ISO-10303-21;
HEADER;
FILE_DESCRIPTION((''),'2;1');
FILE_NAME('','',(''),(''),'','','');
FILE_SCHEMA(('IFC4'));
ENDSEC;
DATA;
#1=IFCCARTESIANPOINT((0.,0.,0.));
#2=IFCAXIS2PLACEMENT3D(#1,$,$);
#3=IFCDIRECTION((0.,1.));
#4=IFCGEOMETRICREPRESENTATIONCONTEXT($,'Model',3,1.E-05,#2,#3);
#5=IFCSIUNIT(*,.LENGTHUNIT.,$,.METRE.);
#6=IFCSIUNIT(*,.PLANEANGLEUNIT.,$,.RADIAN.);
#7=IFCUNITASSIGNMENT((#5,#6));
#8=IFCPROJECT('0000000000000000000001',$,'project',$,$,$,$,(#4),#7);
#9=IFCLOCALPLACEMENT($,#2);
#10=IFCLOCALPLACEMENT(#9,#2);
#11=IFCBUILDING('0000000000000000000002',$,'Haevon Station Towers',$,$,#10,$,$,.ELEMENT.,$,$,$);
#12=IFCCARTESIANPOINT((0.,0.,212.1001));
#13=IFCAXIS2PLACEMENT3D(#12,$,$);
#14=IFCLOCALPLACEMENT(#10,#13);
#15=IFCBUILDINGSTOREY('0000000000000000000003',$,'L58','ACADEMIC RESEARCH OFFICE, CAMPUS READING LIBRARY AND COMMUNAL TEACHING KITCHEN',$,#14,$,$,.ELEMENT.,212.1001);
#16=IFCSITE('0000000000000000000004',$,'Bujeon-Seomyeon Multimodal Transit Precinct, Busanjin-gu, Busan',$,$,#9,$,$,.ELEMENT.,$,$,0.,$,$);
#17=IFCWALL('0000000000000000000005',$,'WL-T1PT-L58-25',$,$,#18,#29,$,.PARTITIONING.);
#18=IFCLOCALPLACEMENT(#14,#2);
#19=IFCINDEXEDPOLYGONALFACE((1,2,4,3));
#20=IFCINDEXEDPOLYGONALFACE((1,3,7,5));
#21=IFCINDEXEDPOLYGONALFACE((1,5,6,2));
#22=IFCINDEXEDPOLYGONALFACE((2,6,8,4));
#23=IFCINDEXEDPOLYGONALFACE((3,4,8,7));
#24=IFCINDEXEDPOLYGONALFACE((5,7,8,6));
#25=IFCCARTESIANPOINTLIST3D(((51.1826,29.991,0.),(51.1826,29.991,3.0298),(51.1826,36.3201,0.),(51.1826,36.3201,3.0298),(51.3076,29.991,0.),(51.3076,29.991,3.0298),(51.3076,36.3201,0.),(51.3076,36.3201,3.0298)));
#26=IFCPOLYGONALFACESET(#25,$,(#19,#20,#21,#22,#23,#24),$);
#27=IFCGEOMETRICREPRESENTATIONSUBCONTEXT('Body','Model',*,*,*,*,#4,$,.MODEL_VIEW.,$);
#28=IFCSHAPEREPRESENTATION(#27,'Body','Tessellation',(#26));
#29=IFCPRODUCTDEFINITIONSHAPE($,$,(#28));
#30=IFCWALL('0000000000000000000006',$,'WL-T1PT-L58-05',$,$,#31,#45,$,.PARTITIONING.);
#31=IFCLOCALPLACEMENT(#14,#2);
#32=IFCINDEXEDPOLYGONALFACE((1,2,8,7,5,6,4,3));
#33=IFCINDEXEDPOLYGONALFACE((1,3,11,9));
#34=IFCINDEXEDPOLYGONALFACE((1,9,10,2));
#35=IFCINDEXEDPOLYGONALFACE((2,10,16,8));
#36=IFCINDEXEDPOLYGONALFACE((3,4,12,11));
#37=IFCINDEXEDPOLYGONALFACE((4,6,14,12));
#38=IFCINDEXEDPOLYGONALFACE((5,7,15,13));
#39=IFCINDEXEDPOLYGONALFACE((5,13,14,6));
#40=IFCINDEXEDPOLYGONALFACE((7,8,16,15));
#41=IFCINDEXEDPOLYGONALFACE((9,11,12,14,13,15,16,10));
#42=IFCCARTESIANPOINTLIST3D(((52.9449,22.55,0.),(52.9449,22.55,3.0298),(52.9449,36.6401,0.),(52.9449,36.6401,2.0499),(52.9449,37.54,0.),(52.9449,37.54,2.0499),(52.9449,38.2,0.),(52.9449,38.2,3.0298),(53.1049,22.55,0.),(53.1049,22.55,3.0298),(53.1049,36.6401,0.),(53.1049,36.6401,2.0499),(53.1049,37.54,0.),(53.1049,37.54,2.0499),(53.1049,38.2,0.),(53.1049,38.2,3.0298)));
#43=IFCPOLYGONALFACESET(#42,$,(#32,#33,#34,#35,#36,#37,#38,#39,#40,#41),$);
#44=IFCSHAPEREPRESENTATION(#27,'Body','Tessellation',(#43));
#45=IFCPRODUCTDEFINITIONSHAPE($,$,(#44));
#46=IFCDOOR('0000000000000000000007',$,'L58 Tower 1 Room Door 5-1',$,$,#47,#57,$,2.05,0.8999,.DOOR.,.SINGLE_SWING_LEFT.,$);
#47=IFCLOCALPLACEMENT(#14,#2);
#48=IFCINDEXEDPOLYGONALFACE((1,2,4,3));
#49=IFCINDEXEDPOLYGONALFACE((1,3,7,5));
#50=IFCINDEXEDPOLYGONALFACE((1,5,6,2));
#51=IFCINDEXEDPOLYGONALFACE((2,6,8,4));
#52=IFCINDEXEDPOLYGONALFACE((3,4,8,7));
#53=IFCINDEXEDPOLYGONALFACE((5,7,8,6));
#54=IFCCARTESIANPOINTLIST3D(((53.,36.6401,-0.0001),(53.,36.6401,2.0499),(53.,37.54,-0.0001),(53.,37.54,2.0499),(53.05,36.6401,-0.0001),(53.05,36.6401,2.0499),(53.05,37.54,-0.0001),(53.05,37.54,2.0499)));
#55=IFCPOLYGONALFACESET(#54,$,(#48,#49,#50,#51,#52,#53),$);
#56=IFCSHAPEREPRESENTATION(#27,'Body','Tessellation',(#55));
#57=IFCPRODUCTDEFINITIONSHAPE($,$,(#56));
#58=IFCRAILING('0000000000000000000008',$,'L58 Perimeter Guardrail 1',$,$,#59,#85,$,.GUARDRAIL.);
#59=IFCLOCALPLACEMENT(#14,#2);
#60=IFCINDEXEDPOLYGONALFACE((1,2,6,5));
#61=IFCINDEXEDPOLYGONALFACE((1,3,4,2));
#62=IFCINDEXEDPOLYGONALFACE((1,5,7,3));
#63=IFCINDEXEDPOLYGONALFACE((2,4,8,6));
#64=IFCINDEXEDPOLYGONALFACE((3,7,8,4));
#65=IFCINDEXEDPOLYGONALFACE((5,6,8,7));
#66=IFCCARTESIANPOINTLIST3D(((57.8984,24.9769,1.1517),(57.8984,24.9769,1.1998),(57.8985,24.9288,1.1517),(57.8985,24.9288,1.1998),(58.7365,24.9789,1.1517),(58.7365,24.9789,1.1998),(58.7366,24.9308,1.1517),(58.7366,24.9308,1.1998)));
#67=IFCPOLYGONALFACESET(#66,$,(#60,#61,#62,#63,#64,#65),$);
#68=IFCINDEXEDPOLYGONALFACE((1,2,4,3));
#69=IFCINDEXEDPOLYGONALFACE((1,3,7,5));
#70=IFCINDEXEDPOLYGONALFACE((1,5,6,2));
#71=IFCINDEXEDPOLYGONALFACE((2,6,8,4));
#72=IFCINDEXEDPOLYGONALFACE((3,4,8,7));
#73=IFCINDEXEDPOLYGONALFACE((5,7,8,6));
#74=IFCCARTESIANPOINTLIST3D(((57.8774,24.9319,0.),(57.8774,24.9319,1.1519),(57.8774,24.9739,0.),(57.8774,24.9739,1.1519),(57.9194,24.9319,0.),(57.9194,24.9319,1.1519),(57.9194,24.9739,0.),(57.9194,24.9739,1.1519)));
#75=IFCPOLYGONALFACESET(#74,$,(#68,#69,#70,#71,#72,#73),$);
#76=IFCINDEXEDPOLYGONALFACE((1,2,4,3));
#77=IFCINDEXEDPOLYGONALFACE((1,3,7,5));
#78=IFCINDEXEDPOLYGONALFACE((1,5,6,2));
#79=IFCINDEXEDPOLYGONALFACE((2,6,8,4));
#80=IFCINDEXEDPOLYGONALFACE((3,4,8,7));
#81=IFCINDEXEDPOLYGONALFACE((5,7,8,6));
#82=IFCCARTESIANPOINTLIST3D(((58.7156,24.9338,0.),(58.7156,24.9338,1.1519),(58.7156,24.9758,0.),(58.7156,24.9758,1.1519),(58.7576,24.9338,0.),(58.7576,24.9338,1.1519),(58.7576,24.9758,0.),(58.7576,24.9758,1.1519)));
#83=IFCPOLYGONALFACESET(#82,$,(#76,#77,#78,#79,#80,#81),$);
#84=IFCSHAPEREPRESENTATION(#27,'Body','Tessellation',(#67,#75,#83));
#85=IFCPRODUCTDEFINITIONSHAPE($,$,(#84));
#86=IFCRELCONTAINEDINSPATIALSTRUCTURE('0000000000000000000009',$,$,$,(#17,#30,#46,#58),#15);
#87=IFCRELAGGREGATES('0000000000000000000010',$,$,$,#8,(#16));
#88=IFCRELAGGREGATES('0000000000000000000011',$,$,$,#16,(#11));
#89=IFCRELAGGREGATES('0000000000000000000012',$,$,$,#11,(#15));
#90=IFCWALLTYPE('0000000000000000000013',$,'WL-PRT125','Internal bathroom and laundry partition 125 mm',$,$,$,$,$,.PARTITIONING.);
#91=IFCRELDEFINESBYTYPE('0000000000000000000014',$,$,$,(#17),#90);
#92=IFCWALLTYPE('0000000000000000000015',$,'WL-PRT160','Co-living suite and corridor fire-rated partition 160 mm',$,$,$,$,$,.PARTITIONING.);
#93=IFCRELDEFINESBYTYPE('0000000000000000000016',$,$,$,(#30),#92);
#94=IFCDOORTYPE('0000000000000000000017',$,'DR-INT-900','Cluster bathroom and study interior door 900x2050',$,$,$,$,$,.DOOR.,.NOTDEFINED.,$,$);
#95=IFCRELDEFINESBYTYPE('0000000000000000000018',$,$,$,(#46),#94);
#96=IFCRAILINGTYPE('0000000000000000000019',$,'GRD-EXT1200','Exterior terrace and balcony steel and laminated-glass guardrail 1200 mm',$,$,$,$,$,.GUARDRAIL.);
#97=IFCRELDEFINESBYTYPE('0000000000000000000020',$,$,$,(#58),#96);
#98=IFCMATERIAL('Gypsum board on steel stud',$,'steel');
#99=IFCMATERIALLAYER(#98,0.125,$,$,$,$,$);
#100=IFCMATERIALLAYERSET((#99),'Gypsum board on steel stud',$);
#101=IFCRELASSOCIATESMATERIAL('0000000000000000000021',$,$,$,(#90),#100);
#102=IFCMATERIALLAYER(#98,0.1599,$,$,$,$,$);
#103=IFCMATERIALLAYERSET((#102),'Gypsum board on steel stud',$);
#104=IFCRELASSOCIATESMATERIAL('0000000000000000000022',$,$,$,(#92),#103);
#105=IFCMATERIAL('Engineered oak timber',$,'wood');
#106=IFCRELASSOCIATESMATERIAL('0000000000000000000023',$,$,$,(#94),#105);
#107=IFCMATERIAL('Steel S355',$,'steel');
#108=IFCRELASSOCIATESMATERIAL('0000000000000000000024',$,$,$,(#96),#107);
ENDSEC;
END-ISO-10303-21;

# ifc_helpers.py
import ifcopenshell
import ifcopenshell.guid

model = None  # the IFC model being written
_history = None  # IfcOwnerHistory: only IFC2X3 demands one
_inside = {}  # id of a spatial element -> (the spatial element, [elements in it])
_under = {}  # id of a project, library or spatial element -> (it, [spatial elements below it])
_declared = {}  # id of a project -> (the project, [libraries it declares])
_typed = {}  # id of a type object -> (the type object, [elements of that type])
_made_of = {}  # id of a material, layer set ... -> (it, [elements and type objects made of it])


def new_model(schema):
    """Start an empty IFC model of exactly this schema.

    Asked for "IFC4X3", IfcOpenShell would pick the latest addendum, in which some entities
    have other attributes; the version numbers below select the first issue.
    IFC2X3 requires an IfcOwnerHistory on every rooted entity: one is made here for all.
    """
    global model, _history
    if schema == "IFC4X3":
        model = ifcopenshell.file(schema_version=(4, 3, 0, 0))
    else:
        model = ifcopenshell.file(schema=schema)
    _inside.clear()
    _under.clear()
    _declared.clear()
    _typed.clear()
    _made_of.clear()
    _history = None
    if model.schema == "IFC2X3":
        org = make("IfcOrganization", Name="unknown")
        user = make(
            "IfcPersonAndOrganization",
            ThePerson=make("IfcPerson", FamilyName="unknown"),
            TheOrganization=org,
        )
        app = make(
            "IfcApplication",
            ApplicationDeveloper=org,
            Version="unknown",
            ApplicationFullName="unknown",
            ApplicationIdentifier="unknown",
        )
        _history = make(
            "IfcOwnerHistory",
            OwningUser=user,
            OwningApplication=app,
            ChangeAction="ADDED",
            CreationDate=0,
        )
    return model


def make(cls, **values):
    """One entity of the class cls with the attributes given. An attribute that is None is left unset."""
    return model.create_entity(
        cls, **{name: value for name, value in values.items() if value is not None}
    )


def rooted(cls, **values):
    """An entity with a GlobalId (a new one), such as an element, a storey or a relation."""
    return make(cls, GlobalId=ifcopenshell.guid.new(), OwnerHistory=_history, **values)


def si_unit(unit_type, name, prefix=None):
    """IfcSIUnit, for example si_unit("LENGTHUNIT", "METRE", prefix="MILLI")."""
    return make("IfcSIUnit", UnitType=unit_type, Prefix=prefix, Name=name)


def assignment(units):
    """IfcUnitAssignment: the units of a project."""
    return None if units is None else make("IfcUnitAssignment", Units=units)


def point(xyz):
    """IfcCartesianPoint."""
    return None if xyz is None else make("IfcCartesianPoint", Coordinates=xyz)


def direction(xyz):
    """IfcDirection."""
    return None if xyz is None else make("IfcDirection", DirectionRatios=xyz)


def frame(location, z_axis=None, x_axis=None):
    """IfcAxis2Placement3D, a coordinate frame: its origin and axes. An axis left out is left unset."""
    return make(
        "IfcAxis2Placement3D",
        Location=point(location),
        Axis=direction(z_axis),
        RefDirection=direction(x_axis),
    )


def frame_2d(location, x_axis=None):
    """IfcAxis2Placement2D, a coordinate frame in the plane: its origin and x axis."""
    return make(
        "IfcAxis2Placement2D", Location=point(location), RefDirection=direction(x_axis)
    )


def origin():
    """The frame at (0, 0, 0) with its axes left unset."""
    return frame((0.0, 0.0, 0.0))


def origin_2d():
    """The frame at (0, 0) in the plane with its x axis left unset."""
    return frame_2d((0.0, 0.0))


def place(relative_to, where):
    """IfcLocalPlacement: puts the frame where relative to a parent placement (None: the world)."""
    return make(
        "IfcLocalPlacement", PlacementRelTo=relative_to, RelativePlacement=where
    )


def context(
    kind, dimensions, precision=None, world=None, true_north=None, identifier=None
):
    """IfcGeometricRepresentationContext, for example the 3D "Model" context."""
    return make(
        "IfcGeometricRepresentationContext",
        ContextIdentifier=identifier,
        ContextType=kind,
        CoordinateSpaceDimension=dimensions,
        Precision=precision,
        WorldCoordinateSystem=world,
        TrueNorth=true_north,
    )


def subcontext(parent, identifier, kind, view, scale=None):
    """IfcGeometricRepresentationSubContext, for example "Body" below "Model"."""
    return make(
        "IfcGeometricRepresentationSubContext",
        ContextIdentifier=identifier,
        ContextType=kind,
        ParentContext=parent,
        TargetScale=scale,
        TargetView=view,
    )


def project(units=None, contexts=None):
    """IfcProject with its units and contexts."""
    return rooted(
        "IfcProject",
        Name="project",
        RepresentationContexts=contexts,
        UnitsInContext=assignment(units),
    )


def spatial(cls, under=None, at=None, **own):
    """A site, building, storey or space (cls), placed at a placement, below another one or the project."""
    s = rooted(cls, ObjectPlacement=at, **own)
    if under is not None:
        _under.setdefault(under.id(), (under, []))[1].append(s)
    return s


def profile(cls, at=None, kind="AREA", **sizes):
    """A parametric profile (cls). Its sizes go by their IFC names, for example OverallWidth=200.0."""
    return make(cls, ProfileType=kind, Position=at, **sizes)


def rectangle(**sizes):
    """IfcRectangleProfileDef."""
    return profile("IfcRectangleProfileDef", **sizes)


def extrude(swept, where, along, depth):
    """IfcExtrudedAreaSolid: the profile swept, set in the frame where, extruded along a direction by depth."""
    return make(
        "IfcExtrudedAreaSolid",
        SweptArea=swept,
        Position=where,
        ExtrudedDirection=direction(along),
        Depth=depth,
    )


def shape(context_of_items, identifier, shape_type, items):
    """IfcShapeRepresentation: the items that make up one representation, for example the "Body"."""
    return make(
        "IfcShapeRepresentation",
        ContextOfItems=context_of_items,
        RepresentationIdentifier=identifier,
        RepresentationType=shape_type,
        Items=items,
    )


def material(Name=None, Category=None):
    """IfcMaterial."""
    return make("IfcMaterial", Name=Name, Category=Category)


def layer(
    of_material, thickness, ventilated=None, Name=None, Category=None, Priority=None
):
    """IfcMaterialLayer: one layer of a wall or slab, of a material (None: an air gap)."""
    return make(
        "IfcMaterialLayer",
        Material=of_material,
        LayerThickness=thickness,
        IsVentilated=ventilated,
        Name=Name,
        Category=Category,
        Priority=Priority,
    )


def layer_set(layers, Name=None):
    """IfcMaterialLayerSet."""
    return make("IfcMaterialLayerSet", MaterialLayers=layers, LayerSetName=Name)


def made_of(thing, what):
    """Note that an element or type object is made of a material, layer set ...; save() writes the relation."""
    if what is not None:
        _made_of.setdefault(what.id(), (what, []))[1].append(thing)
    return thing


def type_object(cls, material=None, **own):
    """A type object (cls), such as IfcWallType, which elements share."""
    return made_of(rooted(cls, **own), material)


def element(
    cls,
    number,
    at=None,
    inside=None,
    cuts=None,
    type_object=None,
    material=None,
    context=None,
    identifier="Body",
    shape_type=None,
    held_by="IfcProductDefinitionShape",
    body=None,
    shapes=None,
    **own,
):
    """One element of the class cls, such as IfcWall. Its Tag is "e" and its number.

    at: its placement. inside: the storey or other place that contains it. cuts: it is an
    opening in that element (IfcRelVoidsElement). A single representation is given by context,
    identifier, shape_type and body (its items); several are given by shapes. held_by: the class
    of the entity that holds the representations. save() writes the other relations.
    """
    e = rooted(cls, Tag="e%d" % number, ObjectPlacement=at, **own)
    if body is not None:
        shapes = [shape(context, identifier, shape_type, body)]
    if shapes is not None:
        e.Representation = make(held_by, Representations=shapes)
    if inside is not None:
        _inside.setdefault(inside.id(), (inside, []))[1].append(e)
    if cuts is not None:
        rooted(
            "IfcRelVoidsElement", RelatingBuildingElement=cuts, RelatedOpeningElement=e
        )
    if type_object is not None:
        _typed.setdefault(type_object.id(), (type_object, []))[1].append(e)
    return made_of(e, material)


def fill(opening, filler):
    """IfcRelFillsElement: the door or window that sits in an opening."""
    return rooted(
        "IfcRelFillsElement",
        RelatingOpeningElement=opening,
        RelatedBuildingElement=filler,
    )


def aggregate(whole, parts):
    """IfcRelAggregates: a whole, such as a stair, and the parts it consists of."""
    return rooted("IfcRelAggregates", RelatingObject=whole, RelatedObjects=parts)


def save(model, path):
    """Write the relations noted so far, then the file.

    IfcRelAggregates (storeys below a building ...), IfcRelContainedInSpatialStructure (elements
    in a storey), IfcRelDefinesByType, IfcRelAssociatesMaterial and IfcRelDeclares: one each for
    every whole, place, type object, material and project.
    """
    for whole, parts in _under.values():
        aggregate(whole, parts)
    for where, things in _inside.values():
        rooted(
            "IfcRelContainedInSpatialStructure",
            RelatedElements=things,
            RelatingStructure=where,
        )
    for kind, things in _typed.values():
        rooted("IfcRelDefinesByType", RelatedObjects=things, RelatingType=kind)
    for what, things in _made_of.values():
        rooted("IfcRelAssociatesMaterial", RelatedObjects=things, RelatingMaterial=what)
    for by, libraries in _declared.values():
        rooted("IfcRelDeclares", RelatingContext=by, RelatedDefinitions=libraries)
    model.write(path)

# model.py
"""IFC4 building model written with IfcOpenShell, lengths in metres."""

from ifc_helpers import new_model, si_unit, direction, frame, frame_2d, origin, origin_2d, place, context, subcontext, project, spatial, rectangle, extrude, material, layer, layer_set, type_object, element, fill, save


model = new_model("IFC4")

# Units and contexts
model_context = context("Model", 3, precision=1e-05, world=origin(), true_north=direction((0.0, 1.0)))
body_context = subcontext(model_context, "Body", "Model", "MODEL_VIEW")
ifc_project = project(units=[si_unit("LENGTHUNIT", "METRE"), si_unit("PLANEANGLEUNIT", "RADIAN")], contexts=[model_context])

# Site, building, storey
site_placement = place(None, origin())
site = spatial("IfcSite", under=ifc_project, at=site_placement, Name="Bujeon-Seomyeon Multimodal Transit Precinct, Busanjin-gu, Busan", CompositionType="ELEMENT", RefElevation=0.0)
building_placement = place(site_placement, origin())
building = spatial("IfcBuilding", under=site, at=building_placement, Name="Haevon Station Towers", CompositionType="ELEMENT")
storey_placement = place(building_placement, frame((0.0, 0.0, 212.1001)))
storey = spatial("IfcBuildingStorey", under=building, at=storey_placement, Name="L58", Description="ACADEMIC RESEARCH OFFICE, CAMPUS READING LIBRARY AND COMMUNAL TEACHING KITCHEN", CompositionType="ELEMENT", Elevation=212.1001)

# Shared definitions
ifc_material_1 = material(Name="Steel S355", Category="steel")

# Wall
ifc_material_2 = material(Name="Gypsum board on steel stud", Category="steel")
ifc_layer_1 = layer(ifc_material_2, 0.125)
ifc_layer_set_1 = layer_set([ifc_layer_1], Name="Gypsum board on steel stud")
wall_type_1 = type_object("IfcWallType", Name="WL-PRT125", Description="Internal bathroom and laundry partition 125 mm", PredefinedType="PARTITIONING", material=ifc_layer_set_1)
wall_1_placement = place(storey_placement, frame((51.2451, 29.991, 0.0), z_axis=(0.0, 0.0, 1.0), x_axis=(0.0, 1.0, 0.0)))
element("IfcWall", 1, at=wall_1_placement, inside=storey, type_object=wall_type_1, Name="WL-T1PT-L58-25", PredefinedType="PARTITIONING", context=body_context, shape_type="SweptSolid", body=[
    extrude(rectangle(XDim=6.3291, YDim=0.125, at=frame_2d((3.1646, 0.0))), origin(), (0.0, 0.0, 1.0), 3.0298),
])

# Wall, opening, door
ifc_layer_2 = layer(ifc_material_2, 0.1599)
ifc_layer_set_2 = layer_set([ifc_layer_2], Name="Gypsum board on steel stud")
wall_type_2 = type_object("IfcWallType", Name="WL-PRT160", Description="Co-living suite and corridor fire-rated partition 160 mm", PredefinedType="PARTITIONING", material=ifc_layer_set_2)
wall_2_placement = place(storey_placement, frame((53.0249, 22.55, 0.0), z_axis=(0.0, 0.0, 1.0), x_axis=(0.0, 1.0, 0.0)))
wall_2 = element("IfcWall", 2, at=wall_2_placement, inside=storey, type_object=wall_type_2, Name="WL-T1PT-L58-05", PredefinedType="PARTITIONING", context=body_context, shape_type="SweptSolid", body=[
    extrude(rectangle(XDim=15.6499, YDim=0.1599, at=frame_2d((7.825, 0.0))), origin(), (0.0, 0.0, 1.0), 3.0298),
])
opening_1_placement = place(wall_2_placement, frame((14.0901, 0.0, 0.0)))
opening_1 = element("IfcOpeningElement", 3, at=opening_1_placement, cuts=wall_2, PredefinedType="OPENING", context=body_context, shape_type="SweptSolid", body=[
    extrude(rectangle(XDim=0.8999, YDim=2.05, at=frame_2d((0.45, 1.0249))), frame((0.0, 0.0898, 0.0), z_axis=(0.0, -1.0, 0.0), x_axis=(1.0, 0.0, 0.0)), (0.0, 0.0, 1.0), 0.1799),
])
ifc_material_3 = material(Name="Engineered oak timber", Category="wood")
door_type = type_object("IfcDoorType", Name="DR-INT-900", Description="Cluster bathroom and study interior door 900x2050", OperationType="NOTDEFINED", PredefinedType="DOOR", material=ifc_material_3)
door_placement = place(opening_1_placement, origin())
door = element("IfcDoor", 4, at=door_placement, inside=storey, type_object=door_type, Name="L58 Tower 1 Room Door 5-1", OperationType="SINGLE_SWING_LEFT", OverallHeight=2.05, OverallWidth=0.8999, PredefinedType="DOOR", context=body_context, shape_type="SweptSolid", body=[
    extrude(rectangle(XDim=0.8999, YDim=2.05, at=frame_2d((0.45, 1.0249))), frame((0.0, 0.0249, 0.0), z_axis=(0.0, -1.0, 0.0), x_axis=(1.0, 0.0, 0.0)), (0.0, 0.0, 1.0), 0.05),
])
fill(opening_1, door)

# Railing
railing_type = type_object("IfcRailingType", Name="GRD-EXT1200", Description="Exterior terrace and balcony steel and laminated-glass guardrail 1200 mm", PredefinedType="GUARDRAIL", material=ifc_material_1)
railing_placement = place(storey_placement, frame((57.8984, 24.9529, 0.0)))
element("IfcRailing", 5, at=railing_placement, inside=storey, type_object=railing_type, Name="L58 Perimeter Guardrail 1", PredefinedType="GUARDRAIL", context=body_context, shape_type="SweptSolid", body=[
    extrude(rectangle(XDim=0.0481, YDim=0.0481, at=origin_2d()), frame((0.0, 0.0, 1.1758), z_axis=(0.999997, 0.00233, 0.0), x_axis=(-0.00233, 0.999997, 0.0)), (0.0, 0.0, 1.0), 0.8381),
    extrude(rectangle(XDim=0.042, YDim=0.042, at=origin_2d()), origin(), (0.0, 0.0, 1.0), 1.1519),
    extrude(rectangle(XDim=0.042, YDim=0.042, at=origin_2d()), frame((0.8381, 0.002, 0.0)), (0.0, 0.0, 1.0), 1.1519),
])

save(model, "model.ifc")
